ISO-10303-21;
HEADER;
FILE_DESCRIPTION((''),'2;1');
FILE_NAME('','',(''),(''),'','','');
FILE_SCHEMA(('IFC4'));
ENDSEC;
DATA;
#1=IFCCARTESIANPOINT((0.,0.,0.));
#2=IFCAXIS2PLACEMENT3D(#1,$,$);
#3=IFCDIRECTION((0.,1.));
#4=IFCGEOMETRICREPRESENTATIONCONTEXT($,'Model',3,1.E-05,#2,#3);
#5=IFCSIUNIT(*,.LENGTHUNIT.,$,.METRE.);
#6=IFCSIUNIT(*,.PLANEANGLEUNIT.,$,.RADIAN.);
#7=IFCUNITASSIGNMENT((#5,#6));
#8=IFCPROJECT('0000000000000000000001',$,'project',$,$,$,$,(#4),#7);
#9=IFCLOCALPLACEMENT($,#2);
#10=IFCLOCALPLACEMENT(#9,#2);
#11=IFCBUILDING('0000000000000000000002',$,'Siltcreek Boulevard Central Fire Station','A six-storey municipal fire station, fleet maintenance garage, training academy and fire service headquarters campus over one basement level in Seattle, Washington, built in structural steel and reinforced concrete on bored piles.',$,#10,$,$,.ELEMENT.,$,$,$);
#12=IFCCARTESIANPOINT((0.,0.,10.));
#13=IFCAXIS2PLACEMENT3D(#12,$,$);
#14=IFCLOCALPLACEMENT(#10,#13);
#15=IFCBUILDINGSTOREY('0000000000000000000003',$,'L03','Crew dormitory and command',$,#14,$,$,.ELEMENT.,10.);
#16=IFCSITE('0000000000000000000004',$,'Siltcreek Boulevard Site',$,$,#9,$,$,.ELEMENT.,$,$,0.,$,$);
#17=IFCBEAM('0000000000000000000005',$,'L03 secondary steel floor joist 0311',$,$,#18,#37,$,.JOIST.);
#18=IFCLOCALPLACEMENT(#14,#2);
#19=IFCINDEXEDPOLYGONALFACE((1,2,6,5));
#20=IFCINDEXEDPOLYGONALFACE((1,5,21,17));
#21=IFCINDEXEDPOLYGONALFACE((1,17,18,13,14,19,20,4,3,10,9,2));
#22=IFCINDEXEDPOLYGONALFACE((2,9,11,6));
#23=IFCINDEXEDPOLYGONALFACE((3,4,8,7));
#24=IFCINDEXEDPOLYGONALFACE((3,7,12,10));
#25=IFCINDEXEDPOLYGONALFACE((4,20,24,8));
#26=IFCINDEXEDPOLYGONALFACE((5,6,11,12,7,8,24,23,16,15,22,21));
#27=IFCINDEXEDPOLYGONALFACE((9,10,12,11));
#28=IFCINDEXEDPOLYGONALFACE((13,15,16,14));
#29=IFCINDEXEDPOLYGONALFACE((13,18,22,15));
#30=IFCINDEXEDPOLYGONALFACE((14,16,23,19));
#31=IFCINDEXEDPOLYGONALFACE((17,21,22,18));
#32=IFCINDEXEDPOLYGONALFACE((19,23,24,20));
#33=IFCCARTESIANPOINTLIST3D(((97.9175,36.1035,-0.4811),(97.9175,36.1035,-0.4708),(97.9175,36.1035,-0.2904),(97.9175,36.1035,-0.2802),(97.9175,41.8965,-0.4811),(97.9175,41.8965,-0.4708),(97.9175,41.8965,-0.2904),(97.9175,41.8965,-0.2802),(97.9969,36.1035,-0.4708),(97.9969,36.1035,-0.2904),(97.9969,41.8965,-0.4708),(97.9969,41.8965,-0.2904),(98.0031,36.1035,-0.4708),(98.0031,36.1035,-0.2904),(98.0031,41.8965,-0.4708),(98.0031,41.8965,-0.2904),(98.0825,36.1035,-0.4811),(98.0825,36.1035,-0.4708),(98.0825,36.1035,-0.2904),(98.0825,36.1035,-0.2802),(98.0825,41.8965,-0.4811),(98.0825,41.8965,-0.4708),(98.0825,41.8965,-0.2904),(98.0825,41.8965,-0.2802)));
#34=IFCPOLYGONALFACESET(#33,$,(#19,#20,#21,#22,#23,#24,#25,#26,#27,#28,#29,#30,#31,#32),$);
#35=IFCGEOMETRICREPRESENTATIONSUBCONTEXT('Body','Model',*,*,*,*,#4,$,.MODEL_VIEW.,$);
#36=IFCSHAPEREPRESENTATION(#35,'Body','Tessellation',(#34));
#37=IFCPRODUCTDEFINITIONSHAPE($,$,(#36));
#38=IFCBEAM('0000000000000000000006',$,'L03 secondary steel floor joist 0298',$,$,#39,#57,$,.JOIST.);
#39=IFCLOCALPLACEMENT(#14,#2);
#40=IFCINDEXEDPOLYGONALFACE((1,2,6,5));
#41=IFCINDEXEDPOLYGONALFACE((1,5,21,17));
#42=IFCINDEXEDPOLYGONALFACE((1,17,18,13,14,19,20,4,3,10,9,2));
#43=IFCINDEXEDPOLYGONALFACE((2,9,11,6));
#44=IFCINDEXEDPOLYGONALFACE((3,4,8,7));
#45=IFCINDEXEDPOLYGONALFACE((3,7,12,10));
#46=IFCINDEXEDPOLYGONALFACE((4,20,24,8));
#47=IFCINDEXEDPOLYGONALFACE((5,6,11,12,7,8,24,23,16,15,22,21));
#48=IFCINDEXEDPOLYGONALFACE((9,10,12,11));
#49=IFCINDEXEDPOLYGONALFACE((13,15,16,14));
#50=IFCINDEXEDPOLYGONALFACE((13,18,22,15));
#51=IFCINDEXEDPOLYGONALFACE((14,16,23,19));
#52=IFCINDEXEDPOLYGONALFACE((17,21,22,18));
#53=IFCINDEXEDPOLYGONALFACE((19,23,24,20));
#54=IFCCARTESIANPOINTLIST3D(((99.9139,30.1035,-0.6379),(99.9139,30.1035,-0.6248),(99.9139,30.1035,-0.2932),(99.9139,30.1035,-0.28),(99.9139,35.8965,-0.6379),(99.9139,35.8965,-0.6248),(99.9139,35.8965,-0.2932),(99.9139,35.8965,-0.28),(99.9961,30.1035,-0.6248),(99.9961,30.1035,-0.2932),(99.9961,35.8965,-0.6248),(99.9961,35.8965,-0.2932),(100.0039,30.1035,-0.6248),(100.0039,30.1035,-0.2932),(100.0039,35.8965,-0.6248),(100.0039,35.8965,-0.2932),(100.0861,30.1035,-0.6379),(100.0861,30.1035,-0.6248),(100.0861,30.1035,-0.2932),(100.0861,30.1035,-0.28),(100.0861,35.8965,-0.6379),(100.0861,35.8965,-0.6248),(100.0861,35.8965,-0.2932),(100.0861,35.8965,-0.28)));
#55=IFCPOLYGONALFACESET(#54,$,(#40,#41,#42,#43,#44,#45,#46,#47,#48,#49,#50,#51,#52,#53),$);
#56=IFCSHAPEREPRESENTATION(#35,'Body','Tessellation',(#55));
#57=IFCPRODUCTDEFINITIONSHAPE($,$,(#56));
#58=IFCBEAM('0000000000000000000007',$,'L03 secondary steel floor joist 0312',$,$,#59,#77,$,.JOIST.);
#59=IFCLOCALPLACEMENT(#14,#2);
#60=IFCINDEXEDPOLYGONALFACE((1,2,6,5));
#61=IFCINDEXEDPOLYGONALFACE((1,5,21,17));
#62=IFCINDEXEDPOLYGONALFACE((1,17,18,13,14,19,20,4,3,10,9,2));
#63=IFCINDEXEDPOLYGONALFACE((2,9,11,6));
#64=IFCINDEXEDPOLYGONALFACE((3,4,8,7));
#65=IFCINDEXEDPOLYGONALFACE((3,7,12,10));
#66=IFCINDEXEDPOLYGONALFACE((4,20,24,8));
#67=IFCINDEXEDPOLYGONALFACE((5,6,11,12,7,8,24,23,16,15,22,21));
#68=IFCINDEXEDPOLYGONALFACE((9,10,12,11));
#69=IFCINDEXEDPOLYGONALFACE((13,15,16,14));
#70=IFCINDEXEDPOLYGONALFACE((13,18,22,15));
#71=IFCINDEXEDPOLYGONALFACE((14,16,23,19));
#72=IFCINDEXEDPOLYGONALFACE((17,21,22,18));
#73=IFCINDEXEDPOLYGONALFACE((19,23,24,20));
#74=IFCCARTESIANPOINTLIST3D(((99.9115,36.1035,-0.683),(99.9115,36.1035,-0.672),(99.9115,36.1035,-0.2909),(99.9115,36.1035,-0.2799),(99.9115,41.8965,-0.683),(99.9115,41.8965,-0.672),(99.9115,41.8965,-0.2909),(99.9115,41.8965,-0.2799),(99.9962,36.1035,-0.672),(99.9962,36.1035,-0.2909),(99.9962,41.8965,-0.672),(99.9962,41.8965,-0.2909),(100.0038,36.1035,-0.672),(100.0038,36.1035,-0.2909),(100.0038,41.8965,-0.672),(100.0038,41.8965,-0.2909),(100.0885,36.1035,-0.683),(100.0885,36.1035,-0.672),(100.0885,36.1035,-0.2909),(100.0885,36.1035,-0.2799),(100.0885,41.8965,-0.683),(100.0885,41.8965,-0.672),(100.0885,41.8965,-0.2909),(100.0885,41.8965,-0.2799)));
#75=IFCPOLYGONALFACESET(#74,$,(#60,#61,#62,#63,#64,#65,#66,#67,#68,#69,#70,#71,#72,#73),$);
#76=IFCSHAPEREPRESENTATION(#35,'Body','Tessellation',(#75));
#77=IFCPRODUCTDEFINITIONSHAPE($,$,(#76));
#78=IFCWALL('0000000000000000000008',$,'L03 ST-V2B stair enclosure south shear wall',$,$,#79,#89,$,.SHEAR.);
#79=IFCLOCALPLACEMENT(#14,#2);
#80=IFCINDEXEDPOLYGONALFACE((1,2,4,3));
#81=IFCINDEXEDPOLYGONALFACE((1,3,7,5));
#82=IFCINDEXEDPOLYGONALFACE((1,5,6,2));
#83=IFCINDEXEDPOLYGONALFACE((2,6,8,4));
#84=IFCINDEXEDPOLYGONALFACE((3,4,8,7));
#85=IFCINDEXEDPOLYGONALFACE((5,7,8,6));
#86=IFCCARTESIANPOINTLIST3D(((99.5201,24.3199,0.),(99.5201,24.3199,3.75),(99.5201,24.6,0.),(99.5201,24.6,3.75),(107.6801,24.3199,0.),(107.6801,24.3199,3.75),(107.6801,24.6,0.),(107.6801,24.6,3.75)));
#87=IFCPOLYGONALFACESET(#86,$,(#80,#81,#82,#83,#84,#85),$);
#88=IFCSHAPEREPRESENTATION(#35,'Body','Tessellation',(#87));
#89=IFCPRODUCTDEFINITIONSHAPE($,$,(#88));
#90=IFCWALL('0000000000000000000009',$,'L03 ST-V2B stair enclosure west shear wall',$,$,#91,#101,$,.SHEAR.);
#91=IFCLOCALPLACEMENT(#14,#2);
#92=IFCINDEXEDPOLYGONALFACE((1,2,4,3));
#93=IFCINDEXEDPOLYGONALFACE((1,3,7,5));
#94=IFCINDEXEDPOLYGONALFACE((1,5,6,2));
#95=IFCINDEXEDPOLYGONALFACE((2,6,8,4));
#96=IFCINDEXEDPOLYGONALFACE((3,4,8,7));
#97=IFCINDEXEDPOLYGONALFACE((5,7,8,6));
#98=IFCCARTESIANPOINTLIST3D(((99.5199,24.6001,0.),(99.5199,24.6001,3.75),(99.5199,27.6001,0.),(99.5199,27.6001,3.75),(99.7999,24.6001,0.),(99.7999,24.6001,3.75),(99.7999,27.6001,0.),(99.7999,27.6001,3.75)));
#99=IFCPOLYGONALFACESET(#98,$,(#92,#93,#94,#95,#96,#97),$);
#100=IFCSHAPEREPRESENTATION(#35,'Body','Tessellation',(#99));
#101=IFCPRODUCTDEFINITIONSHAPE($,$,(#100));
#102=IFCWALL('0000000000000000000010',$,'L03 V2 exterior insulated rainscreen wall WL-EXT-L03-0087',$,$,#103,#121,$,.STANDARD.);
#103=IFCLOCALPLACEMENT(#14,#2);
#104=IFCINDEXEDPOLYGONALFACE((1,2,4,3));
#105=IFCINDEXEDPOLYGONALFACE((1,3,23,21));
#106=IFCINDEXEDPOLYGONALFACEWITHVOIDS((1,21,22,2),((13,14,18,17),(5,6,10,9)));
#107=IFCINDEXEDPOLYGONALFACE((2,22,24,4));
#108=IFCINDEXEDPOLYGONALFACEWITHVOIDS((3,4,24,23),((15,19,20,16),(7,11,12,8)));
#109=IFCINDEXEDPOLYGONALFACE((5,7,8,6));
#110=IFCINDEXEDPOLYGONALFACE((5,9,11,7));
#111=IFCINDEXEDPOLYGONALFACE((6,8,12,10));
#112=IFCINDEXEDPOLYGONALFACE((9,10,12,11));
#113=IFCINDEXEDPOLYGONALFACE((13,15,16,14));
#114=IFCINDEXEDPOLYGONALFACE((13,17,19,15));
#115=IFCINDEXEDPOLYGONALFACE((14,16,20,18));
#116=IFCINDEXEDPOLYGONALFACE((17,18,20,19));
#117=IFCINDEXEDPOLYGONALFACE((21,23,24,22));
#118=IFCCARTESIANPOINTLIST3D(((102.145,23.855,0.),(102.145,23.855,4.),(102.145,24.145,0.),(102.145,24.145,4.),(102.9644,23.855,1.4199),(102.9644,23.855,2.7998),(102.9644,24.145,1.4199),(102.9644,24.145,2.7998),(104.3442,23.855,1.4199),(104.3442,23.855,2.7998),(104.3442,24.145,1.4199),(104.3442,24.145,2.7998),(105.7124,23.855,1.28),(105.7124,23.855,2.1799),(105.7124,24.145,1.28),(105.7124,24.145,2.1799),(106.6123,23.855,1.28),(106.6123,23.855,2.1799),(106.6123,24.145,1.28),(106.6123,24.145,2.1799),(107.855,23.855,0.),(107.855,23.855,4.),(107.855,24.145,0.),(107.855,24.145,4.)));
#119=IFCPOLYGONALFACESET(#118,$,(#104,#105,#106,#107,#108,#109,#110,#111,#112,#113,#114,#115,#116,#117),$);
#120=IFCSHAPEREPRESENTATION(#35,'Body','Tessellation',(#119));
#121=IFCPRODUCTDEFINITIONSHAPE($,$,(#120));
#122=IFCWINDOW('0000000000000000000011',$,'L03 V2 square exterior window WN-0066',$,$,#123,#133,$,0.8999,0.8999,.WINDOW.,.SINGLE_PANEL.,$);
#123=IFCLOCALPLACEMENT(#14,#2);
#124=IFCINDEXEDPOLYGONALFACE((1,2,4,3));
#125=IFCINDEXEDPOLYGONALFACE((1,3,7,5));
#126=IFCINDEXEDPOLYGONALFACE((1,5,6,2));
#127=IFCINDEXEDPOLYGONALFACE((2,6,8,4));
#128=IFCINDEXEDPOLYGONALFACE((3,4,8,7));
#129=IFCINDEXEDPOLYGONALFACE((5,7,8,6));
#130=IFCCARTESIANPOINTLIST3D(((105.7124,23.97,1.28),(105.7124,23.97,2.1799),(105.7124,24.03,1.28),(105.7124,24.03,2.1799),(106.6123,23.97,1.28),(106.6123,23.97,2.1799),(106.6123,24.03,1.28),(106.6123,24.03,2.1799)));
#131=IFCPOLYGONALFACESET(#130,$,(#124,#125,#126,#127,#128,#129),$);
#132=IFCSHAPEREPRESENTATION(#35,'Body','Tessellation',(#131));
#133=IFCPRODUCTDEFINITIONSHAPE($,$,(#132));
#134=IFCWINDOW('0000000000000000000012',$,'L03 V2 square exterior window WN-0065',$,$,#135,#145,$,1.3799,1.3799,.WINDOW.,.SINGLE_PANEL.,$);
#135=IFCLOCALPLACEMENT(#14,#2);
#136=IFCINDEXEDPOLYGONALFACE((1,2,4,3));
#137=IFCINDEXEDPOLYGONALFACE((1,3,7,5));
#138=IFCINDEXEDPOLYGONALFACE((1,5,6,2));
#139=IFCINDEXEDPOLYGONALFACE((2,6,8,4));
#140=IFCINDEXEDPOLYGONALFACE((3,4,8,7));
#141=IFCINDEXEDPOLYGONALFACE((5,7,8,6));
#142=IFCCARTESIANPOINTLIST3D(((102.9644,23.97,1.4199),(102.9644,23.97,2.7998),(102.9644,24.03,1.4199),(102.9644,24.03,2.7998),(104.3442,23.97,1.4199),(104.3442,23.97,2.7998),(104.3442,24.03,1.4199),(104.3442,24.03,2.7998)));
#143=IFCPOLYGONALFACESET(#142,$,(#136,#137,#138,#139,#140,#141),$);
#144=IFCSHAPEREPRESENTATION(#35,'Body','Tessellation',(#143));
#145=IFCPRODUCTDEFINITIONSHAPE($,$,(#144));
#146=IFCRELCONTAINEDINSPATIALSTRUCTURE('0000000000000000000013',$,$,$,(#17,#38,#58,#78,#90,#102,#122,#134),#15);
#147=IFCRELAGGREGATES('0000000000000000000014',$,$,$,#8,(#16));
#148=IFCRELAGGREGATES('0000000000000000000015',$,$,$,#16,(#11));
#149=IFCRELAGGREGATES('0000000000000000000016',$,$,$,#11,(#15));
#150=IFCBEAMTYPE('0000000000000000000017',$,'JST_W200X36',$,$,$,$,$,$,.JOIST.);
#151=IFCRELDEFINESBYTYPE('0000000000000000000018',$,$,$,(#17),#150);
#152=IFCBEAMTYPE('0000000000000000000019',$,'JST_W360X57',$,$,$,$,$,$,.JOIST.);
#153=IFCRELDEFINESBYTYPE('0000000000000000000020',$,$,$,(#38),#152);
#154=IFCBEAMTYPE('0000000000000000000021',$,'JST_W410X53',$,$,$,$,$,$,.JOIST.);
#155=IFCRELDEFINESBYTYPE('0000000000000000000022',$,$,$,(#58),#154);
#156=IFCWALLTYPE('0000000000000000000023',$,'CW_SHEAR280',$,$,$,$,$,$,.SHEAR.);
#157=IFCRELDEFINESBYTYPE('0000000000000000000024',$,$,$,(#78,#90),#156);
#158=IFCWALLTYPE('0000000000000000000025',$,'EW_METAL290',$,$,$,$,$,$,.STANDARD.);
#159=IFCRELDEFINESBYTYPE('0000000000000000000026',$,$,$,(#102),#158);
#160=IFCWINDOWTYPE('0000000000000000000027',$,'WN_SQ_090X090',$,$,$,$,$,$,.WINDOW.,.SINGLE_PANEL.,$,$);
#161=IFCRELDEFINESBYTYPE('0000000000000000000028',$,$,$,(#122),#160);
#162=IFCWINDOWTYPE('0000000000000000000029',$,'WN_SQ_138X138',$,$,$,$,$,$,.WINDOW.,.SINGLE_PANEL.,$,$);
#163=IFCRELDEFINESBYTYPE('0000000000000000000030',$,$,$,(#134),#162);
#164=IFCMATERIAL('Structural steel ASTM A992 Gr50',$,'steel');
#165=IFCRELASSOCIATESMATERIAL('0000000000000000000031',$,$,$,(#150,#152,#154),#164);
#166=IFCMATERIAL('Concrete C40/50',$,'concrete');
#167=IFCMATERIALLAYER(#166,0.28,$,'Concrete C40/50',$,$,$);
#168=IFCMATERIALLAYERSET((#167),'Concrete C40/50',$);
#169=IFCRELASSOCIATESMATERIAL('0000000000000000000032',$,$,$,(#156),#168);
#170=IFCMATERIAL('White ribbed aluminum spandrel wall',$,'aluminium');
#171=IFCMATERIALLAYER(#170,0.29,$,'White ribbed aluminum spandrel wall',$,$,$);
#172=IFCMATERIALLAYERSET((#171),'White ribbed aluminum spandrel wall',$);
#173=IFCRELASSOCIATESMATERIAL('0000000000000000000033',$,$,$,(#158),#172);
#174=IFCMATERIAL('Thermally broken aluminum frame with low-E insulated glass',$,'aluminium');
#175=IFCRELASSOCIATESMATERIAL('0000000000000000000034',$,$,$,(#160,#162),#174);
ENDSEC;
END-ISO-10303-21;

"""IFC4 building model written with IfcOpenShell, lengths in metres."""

from ifc_helpers import new_model, si_unit, direction, frame, frame_2d, origin, origin_2d, place, context, subcontext, project, spatial, rectangle, i_section, extrude, material, layer, layer_set, material_profile, profile_set, type_object, element, fill, save


model = new_model("IFC4")

# Units and contexts
model_context = context("Model", 3, precision=1e-05, world=origin(), true_north=direction((0.0, 1.0)))
body_context = subcontext(model_context, "Body", "Model", "MODEL_VIEW")
ifc_project = project(units=[si_unit("LENGTHUNIT", "METRE"), si_unit("PLANEANGLEUNIT", "RADIAN")], contexts=[model_context])

# Site, building, storey
site_placement = place(None, origin())
site = spatial("IfcSite", under=ifc_project, at=site_placement, Name="Siltcreek Boulevard Site", CompositionType="ELEMENT", RefElevation=0.0)
building_placement = place(site_placement, origin())
building = spatial("IfcBuilding", under=site, at=building_placement, Name="Siltcreek Boulevard Central Fire Station", Description="A six-storey municipal fire station, fleet maintenance garage, training academy and fire service headquarters campus over one basement level in Seattle, Washington, built in structural steel and reinforced concrete on bored piles.", CompositionType="ELEMENT")
storey_placement = place(building_placement, frame((0.0, 0.0, 10.0)))
storey = spatial("IfcBuildingStorey", under=building, at=storey_placement, Name="L03", Description="Crew dormitory and command", CompositionType="ELEMENT", Elevation=10.0)

# Shared definitions
ifc_material_1 = material(Name="Structural steel ASTM A992 Gr50", Category="steel")

# Beams
ifc_material_profile_1 = material_profile(ifc_material_1, i_section(OverallWidth=0.165, OverallDepth=0.2009, WebThickness=0.0061, FlangeThickness=0.0103, at=origin_2d()), Name="W200X36")
ifc_profile_set_1 = profile_set([ifc_material_profile_1], Name="Structural steel ASTM A992 Gr50")
beam_type_1 = type_object("IfcBeamType", Name="JST_W200X36", PredefinedType="JOIST", material=ifc_profile_set_1)
for number, where, z_axis, x_axis, name in (
    (1, (98.0, 36.1035, -0.3806), (0.0, 1.0, 0.0), (-1.0, 0.0, 0.0), "L03 secondary steel floor joist 0311"),
):
    element("IfcBeam", number, at=place(storey_placement, frame(where, z_axis=z_axis, x_axis=x_axis)), inside=storey, type_object=beam_type_1, Name=name, PredefinedType="JOIST", context=body_context, shape_type="SweptSolid", body=[
        extrude(i_section(OverallWidth=0.165, OverallDepth=0.2009, WebThickness=0.0061, FlangeThickness=0.0103, at=origin_2d()), origin(), (0.0, 0.0, 1.0), 5.793),
    ])
ifc_material_profile_2 = material_profile(ifc_material_1, i_section(OverallWidth=0.1721, OverallDepth=0.3579, WebThickness=0.0078, FlangeThickness=0.0132, at=origin_2d()), Name="W360X57")
ifc_profile_set_2 = profile_set([ifc_material_profile_2], Name="Structural steel ASTM A992 Gr50")
beam_type_2 = type_object("IfcBeamType", Name="JST_W360X57", PredefinedType="JOIST", material=ifc_profile_set_2)
beam_1_placement = place(storey_placement, frame((100.0, 30.1035, -0.459), z_axis=(0.0, 1.0, 0.0), x_axis=(-1.0, 0.0, 0.0)))
element("IfcBeam", 2, at=beam_1_placement, inside=storey, type_object=beam_type_2, Name="L03 secondary steel floor joist 0298", PredefinedType="JOIST", context=body_context, shape_type="SweptSolid", body=[
    extrude(i_section(OverallWidth=0.1721, OverallDepth=0.3579, WebThickness=0.0078, FlangeThickness=0.0132, at=origin_2d()), origin(), (0.0, 0.0, 1.0), 5.793),
])
ifc_material_profile_3 = material_profile(ifc_material_1, i_section(OverallWidth=0.177, OverallDepth=0.4031, WebThickness=0.0076, FlangeThickness=0.011, at=origin_2d()), Name="W410X53")
ifc_profile_set_3 = profile_set([ifc_material_profile_3], Name="Structural steel ASTM A992 Gr50")
beam_type_3 = type_object("IfcBeamType", Name="JST_W410X53", PredefinedType="JOIST", material=ifc_profile_set_3)
beam_2_placement = place(storey_placement, frame((100.0, 36.1035, -0.4814), z_axis=(0.0, 1.0, 0.0), x_axis=(-1.0, 0.0, 0.0)))
element("IfcBeam", 3, at=beam_2_placement, inside=storey, type_object=beam_type_3, Name="L03 secondary steel floor joist 0312", PredefinedType="JOIST", context=body_context, shape_type="SweptSolid", body=[
    extrude(i_section(OverallWidth=0.177, OverallDepth=0.4031, WebThickness=0.0076, FlangeThickness=0.011, at=origin_2d()), origin(), (0.0, 0.0, 1.0), 5.793),
])

# Walls
ifc_material_2 = material(Name="Concrete C40/50", Category="concrete")
ifc_layer_1 = layer(ifc_material_2, 0.28, Name="Concrete C40/50")
ifc_layer_set_1 = layer_set([ifc_layer_1], Name="Concrete C40/50")
wall_type_1 = type_object("IfcWallType", Name="CW_SHEAR280", PredefinedType="SHEAR", material=ifc_layer_set_1)
wall_1_placement = place(storey_placement, frame((99.52, 24.46, 0.0), z_axis=(0.0, 0.0, 1.0), x_axis=(1.0, 0.0, 0.0)))
element("IfcWall", 4, at=wall_1_placement, inside=storey, type_object=wall_type_1, Name="L03 ST-V2B stair enclosure south shear wall", PredefinedType="SHEAR", context=body_context, shape_type="SweptSolid", body=[
    extrude(rectangle(XDim=8.1599, YDim=0.28, at=frame_2d((4.0801, 0.0))), origin(), (0.0, 0.0, 1.0), 3.75),
])
wall_2_placement = place(storey_placement, frame((99.6599, 27.6001, 0.0), z_axis=(0.0, 0.0, 1.0), x_axis=(0.0, -1.0, 0.0)))
element("IfcWall", 5, at=wall_2_placement, inside=storey, type_object=wall_type_1, Name="L03 ST-V2B stair enclosure west shear wall", PredefinedType="SHEAR", context=body_context, shape_type="SweptSolid", body=[
    extrude(rectangle(XDim=3.0, YDim=0.28, at=frame_2d((1.5, 0.0))), origin(), (0.0, 0.0, 1.0), 3.75),
])

# Wall, openings, windows
ifc_material_3 = material(Name="White ribbed aluminum spandrel wall", Category="aluminium")
ifc_layer_2 = layer(ifc_material_3, 0.29, Name="White ribbed aluminum spandrel wall")
ifc_layer_set_2 = layer_set([ifc_layer_2], Name="White ribbed aluminum spandrel wall")
wall_type_2 = type_object("IfcWallType", Name="EW_METAL290", PredefinedType="STANDARD", material=ifc_layer_set_2)
wall_3_placement = place(storey_placement, frame((102.145, 24.0, 0.0), z_axis=(0.0, 0.0, 1.0), x_axis=(1.0, 0.0, 0.0)))
wall_3 = element("IfcWall", 6, at=wall_3_placement, inside=storey, type_object=wall_type_2, Name="L03 V2 exterior insulated rainscreen wall WL-EXT-L03-0087", PredefinedType="STANDARD", context=body_context, shape_type="SweptSolid", body=[
    extrude(rectangle(XDim=5.71, YDim=0.29, at=frame_2d((2.855, 0.0))), origin(), (0.0, 0.0, 1.0), 4.0),
])
opening_1_placement = place(wall_3_placement, frame((0.8193, 0.0, 1.4199)))
opening_1 = element("IfcOpeningElement", 7, at=opening_1_placement, cuts=wall_3, PredefinedType="OPENING", context=body_context, shape_type="SweptSolid", body=[
    extrude(rectangle(XDim=1.3799, YDim=1.3799, at=frame_2d((0.6899, 0.6899))), frame((0.0, 0.155, 0.0), z_axis=(0.0, -1.0, 0.0), x_axis=(1.0, 0.0, 0.0)), (0.0, 0.0, 1.0), 0.3101),
])
opening_2_placement = place(wall_3_placement, frame((3.5674, 0.0, 1.28)))
opening_2 = element("IfcOpeningElement", 8, at=opening_2_placement, cuts=wall_3, PredefinedType="OPENING", context=body_context, shape_type="SweptSolid", body=[
    extrude(rectangle(XDim=0.8999, YDim=0.8999, at=frame_2d((0.45, 0.45))), frame((0.0, 0.155, 0.0), z_axis=(0.0, -1.0, 0.0), x_axis=(1.0, 0.0, 0.0)), (0.0, 0.0, 1.0), 0.3101),
])
ifc_material_4 = material(Name="Thermally broken aluminum frame with low-E insulated glass", Category="aluminium")
window_type_1 = type_object("IfcWindowType", Name="WN_SQ_090X090", PartitioningType="SINGLE_PANEL", PredefinedType="WINDOW", material=ifc_material_4)
window_1_placement = place(opening_2_placement, origin())
window_1 = element("IfcWindow", 9, at=window_1_placement, inside=storey, type_object=window_type_1, Name="L03 V2 square exterior window WN-0066", OverallHeight=0.8999, OverallWidth=0.8999, PartitioningType="SINGLE_PANEL", PredefinedType="WINDOW", context=body_context, shape_type="SweptSolid", body=[
    extrude(rectangle(XDim=0.8999, YDim=0.8999, at=frame_2d((0.45, 0.45))), frame((0.0, 0.03, 0.0), z_axis=(0.0, -1.0, 0.0), x_axis=(1.0, 0.0, 0.0)), (0.0, 0.0, 1.0), 0.0601),
])
fill(opening_2, window_1)
window_type_2 = type_object("IfcWindowType", Name="WN_SQ_138X138", PartitioningType="SINGLE_PANEL", PredefinedType="WINDOW", material=ifc_material_4)
window_2_placement = place(opening_1_placement, origin())
window_2 = element("IfcWindow", 10, at=window_2_placement, inside=storey, type_object=window_type_2, Name="L03 V2 square exterior window WN-0065", OverallHeight=1.3799, OverallWidth=1.3799, PartitioningType="SINGLE_PANEL", PredefinedType="WINDOW", context=body_context, shape_type="SweptSolid", body=[
    extrude(rectangle(XDim=1.3799, YDim=1.3799, at=frame_2d((0.6899, 0.6899))), frame((0.0, 0.03, 0.0), z_axis=(0.0, -1.0, 0.0), x_axis=(1.0, 0.0, 0.0)), (0.0, 0.0, 1.0), 0.0601),
])
fill(opening_1, window_2)

save(model, "model.ifc")
